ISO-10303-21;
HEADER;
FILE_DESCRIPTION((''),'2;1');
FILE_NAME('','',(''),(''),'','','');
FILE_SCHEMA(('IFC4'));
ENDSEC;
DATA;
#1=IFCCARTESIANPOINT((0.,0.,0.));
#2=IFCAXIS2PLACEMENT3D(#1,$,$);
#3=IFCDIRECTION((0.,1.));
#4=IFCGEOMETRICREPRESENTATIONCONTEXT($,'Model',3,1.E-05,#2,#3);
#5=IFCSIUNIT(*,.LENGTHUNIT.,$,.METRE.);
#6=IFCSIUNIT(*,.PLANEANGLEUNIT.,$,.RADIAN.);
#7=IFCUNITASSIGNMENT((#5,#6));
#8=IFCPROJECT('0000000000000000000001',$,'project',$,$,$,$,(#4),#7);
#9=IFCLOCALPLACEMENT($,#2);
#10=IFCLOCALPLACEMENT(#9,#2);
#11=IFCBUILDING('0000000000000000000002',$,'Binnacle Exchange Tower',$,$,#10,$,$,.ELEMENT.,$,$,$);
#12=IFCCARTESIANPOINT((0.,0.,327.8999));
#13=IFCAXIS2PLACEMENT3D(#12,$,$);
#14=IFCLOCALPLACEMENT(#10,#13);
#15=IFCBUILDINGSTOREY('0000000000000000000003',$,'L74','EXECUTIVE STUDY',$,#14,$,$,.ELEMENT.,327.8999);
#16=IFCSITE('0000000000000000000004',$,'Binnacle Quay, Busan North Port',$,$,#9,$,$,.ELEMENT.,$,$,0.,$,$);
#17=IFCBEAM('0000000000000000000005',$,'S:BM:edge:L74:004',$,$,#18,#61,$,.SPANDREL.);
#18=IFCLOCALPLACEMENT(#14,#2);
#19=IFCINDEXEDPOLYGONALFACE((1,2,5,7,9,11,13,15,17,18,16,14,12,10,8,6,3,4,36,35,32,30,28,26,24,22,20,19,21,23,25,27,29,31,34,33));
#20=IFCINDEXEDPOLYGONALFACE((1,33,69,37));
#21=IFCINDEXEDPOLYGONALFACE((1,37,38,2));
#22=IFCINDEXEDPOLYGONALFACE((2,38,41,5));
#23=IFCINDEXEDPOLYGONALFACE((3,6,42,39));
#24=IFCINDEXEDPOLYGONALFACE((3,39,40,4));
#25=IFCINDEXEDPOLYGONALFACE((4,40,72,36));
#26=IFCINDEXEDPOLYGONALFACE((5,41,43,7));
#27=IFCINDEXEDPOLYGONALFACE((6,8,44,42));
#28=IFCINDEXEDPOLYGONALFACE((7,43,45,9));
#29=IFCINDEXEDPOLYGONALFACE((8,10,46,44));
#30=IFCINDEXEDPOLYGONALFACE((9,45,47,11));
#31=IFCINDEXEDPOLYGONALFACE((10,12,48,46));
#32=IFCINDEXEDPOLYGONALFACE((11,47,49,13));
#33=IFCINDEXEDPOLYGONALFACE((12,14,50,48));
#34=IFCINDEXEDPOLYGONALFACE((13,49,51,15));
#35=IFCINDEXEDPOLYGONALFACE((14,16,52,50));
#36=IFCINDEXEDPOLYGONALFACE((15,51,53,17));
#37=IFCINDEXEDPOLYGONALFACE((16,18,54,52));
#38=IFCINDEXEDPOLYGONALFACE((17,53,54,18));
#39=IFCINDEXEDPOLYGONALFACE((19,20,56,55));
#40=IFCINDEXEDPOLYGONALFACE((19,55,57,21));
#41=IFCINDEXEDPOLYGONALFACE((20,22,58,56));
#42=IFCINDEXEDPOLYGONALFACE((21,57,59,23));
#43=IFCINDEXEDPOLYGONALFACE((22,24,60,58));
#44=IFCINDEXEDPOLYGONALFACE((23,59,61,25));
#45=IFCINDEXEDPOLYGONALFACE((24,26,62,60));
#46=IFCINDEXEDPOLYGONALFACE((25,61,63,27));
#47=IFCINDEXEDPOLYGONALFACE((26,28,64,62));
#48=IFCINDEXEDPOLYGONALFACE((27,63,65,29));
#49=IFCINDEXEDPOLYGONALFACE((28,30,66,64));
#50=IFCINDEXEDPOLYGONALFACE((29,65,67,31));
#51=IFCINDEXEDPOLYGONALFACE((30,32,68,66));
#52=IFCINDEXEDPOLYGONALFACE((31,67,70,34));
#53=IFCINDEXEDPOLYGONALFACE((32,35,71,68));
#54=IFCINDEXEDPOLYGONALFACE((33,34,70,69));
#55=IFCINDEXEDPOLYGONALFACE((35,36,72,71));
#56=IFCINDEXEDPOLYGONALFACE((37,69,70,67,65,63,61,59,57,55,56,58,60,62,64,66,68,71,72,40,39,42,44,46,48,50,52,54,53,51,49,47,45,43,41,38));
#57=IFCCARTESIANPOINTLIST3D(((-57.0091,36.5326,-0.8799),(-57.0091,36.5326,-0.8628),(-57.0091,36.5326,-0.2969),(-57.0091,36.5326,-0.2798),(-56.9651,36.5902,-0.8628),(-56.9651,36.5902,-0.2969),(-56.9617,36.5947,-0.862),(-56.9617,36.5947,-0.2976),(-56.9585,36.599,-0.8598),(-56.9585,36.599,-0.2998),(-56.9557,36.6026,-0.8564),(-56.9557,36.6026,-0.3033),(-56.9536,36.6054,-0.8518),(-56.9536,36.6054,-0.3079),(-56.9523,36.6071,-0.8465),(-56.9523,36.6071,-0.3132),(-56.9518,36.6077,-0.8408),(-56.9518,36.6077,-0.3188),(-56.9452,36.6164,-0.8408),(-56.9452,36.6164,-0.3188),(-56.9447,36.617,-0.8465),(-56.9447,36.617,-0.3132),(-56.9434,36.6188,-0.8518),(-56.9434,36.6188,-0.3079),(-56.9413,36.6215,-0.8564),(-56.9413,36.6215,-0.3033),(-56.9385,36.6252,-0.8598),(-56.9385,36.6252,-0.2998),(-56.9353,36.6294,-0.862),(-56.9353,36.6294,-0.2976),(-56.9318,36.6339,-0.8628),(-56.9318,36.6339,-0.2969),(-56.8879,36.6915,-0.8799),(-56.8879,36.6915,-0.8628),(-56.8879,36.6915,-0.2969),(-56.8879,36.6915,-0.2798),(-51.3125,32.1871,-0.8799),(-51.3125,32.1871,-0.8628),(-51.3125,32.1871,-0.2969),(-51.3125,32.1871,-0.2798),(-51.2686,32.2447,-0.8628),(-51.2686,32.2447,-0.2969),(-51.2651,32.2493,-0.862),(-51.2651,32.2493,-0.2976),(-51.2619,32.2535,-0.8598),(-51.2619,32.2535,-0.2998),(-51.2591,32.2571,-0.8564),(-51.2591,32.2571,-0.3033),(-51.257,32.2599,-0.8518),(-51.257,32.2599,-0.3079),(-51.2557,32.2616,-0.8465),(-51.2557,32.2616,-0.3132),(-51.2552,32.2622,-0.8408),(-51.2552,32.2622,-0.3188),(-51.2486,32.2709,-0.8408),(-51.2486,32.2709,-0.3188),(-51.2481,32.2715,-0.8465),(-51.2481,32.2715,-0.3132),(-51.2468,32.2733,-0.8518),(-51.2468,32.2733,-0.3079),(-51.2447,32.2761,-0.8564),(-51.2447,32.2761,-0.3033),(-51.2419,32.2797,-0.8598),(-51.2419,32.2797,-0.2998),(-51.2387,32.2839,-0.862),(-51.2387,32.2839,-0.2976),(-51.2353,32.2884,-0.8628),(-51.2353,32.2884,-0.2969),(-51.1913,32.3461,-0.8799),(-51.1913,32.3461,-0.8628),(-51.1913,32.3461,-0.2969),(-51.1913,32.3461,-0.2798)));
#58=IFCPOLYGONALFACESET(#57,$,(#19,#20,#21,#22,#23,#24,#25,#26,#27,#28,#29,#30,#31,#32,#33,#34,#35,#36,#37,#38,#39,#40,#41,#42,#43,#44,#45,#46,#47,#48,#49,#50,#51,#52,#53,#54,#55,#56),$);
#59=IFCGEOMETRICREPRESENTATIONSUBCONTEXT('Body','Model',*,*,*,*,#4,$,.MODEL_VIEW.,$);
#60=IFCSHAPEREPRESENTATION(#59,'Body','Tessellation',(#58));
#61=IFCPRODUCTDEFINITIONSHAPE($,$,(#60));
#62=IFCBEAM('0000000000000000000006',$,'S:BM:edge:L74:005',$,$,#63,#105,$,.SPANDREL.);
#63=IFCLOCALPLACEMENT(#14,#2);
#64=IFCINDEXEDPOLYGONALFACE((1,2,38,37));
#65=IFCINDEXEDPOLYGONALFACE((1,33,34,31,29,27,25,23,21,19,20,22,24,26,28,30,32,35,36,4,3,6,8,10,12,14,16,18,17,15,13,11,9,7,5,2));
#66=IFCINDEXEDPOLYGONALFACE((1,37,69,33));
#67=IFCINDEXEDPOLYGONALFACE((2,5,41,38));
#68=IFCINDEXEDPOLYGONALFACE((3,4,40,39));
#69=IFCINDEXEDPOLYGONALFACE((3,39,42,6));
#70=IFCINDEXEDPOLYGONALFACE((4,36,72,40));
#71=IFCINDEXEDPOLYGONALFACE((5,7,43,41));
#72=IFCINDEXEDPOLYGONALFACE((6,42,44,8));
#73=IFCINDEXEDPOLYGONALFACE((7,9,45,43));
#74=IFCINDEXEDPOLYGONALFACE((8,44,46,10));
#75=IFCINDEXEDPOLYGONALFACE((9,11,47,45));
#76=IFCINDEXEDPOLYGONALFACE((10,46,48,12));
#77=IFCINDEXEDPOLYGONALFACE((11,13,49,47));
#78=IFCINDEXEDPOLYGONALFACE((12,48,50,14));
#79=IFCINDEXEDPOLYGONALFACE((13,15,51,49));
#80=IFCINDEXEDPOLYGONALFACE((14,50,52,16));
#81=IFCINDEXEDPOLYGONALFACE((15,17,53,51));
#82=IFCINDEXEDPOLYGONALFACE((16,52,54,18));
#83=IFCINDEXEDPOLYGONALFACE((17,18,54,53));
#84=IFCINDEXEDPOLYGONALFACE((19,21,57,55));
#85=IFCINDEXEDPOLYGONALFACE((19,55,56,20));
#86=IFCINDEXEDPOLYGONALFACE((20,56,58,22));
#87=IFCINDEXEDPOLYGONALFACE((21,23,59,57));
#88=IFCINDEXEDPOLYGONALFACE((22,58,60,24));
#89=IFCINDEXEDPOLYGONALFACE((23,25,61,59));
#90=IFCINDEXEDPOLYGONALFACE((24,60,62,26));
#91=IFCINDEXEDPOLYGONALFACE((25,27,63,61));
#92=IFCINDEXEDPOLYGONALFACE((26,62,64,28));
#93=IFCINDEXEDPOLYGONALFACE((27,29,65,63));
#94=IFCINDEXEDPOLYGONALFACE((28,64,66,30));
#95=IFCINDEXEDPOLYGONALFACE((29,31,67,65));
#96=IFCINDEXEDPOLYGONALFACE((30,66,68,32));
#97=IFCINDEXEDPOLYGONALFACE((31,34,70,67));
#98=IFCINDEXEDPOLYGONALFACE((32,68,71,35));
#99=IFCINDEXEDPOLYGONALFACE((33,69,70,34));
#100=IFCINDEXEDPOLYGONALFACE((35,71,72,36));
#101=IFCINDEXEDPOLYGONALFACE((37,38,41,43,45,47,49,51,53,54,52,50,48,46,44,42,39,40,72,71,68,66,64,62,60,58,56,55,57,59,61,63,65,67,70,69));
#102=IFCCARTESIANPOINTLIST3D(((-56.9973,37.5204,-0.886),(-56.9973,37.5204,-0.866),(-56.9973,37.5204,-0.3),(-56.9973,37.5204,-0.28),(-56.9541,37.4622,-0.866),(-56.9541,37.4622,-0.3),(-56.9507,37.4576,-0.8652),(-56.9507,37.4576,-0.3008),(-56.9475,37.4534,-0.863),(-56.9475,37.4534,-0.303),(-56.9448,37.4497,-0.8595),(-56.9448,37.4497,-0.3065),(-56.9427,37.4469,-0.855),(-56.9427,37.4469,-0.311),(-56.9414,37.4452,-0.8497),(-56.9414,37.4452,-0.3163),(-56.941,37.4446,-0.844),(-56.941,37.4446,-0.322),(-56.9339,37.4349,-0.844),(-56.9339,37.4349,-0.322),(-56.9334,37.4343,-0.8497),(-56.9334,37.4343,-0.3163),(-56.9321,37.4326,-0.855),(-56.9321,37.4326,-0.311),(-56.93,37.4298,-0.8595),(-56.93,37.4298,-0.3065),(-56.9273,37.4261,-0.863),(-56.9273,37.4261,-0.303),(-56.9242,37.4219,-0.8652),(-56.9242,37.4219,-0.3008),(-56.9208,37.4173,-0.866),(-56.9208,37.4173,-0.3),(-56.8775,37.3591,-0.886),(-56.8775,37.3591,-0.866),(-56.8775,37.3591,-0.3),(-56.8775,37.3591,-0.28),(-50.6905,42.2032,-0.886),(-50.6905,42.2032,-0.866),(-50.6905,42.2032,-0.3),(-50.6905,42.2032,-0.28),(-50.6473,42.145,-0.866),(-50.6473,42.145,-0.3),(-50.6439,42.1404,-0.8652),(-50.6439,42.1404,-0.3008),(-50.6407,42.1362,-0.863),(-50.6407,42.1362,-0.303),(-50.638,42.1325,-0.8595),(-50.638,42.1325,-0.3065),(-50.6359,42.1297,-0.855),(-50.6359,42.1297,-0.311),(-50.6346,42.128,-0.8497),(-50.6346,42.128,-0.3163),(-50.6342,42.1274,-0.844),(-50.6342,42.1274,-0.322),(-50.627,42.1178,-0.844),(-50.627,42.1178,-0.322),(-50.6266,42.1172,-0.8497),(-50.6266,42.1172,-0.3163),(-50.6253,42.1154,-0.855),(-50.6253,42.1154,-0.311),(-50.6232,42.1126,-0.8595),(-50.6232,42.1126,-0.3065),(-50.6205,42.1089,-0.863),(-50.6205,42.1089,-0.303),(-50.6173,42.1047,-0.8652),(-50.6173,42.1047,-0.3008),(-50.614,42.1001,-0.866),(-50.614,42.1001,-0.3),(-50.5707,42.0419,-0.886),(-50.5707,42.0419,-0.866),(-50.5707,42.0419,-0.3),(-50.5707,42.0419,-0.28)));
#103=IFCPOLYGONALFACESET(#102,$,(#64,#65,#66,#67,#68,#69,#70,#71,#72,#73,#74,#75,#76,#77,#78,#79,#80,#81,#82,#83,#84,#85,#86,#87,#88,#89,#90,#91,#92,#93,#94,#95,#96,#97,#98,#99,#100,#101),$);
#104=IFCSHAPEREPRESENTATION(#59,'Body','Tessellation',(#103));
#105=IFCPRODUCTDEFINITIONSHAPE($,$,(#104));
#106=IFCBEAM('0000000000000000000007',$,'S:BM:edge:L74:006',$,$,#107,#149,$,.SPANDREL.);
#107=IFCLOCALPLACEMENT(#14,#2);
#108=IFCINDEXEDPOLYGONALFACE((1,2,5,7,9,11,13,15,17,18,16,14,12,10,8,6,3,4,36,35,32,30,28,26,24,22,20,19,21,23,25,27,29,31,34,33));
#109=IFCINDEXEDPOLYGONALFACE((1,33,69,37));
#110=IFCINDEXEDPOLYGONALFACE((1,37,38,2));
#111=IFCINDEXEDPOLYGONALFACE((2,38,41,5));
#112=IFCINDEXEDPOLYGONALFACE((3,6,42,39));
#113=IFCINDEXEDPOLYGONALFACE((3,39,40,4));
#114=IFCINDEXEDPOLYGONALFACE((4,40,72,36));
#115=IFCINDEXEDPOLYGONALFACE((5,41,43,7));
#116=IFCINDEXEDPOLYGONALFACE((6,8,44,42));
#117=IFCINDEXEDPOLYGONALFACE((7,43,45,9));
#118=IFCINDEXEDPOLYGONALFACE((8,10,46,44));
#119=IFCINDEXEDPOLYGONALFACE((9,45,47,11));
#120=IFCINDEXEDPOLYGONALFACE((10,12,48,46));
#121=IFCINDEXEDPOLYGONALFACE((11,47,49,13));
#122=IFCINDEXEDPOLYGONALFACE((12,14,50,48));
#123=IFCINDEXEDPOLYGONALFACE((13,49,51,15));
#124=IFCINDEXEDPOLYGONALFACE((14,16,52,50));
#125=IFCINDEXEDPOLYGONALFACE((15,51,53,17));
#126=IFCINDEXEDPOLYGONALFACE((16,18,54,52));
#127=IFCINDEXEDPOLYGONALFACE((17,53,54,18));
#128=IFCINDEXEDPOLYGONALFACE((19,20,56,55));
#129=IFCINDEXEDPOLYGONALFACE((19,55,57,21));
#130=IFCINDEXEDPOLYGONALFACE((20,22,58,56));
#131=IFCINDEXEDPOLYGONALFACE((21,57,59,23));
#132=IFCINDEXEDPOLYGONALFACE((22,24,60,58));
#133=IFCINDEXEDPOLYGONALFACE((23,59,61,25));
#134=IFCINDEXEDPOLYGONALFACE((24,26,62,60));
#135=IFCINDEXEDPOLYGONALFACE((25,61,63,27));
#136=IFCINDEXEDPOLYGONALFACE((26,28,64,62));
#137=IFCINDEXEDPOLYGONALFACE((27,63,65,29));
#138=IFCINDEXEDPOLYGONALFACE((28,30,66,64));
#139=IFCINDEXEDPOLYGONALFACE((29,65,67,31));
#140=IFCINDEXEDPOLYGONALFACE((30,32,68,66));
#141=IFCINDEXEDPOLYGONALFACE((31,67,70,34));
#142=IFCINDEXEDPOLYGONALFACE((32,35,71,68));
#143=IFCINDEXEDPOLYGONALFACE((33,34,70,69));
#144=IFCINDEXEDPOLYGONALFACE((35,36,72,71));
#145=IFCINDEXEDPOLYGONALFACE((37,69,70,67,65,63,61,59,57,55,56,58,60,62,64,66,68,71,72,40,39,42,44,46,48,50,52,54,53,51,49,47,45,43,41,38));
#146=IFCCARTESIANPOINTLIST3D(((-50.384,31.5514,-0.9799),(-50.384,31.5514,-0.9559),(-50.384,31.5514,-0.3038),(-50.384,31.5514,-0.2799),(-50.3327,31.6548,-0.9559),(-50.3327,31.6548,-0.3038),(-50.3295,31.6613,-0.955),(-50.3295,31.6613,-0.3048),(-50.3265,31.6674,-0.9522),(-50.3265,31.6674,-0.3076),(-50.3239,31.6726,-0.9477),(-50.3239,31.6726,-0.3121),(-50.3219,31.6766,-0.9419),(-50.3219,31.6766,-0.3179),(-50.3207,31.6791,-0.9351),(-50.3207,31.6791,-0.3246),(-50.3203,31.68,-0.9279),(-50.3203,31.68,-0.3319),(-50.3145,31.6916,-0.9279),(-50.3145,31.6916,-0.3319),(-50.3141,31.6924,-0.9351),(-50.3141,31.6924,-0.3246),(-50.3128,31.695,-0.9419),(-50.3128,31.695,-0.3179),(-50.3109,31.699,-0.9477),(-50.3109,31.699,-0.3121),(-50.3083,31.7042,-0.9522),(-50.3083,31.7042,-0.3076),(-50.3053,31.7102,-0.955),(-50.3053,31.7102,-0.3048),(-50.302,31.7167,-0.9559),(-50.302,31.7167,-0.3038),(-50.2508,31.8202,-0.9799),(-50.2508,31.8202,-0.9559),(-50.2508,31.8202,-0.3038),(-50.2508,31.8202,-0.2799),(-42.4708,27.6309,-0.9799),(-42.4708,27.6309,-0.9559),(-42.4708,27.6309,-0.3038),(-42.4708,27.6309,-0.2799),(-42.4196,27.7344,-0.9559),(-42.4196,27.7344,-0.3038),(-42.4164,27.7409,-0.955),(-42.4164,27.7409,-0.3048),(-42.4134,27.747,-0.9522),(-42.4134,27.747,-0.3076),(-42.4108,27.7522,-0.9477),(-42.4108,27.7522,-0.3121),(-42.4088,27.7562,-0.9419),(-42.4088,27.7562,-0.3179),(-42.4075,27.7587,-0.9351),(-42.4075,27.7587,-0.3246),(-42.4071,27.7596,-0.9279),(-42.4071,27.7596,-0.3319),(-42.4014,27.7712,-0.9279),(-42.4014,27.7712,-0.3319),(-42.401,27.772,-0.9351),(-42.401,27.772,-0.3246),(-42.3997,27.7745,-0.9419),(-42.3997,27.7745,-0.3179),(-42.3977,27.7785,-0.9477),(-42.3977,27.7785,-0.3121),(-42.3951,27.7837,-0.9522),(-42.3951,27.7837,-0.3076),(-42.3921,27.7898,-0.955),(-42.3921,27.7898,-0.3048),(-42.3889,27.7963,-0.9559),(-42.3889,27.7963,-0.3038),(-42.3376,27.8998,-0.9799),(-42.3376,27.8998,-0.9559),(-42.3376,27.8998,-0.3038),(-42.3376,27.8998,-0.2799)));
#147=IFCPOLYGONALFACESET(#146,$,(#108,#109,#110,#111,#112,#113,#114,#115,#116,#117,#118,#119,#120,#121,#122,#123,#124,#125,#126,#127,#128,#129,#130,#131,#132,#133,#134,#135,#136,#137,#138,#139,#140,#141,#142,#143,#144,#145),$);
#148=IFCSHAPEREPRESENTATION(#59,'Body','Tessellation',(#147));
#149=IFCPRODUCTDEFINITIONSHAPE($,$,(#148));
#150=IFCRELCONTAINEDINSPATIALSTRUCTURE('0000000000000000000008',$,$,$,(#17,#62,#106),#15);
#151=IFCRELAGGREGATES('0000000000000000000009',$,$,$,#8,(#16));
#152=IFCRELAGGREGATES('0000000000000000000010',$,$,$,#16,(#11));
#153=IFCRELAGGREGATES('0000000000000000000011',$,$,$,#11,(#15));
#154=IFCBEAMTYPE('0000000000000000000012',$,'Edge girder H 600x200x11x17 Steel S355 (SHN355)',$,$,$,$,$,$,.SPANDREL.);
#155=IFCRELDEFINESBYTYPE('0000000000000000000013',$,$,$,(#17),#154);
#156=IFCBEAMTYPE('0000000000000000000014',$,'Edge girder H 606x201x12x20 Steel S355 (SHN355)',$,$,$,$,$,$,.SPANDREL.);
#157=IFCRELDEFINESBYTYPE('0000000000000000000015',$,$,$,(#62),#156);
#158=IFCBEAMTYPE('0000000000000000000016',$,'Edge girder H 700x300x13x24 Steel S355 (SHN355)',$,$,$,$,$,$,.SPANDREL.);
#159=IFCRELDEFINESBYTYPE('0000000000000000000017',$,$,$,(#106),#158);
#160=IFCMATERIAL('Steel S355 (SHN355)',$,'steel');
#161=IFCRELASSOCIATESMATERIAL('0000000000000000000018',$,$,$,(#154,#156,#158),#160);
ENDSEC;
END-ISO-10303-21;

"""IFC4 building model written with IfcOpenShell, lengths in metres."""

from ifc_helpers import new_model, si_unit, direction, frame, origin, origin_2d, place, context, subcontext, project, spatial, i_section, extrude, material, material_profile, profile_set, type_object, element, save


model = new_model("IFC4")

# Units and contexts
model_context = context("Model", 3, precision=1e-05, world=origin(), true_north=direction((0.0, 1.0)))
body_context = subcontext(model_context, "Body", "Model", "MODEL_VIEW")
ifc_project = project(units=[si_unit("LENGTHUNIT", "METRE"), si_unit("PLANEANGLEUNIT", "RADIAN")], contexts=[model_context])

# Site, building, storey
site_placement = place(None, origin())
site = spatial("IfcSite", under=ifc_project, at=site_placement, Name="Binnacle Quay, Busan North Port", CompositionType="ELEMENT", RefElevation=0.0)
building_placement = place(site_placement, origin())
building = spatial("IfcBuilding", under=site, at=building_placement, Name="Binnacle Exchange Tower", CompositionType="ELEMENT")
storey_placement = place(building_placement, frame((0.0, 0.0, 327.8999)))
storey = spatial("IfcBuildingStorey", under=building, at=storey_placement, Name="L74", Description="EXECUTIVE STUDY", CompositionType="ELEMENT", Elevation=327.8999)

# Beams
ifc_material_1 = material(Name="Steel S355 (SHN355)", Category="steel")
ifc_material_profile_1 = material_profile(ifc_material_1, i_section(OverallWidth=0.2, OverallDepth=0.6001, WebThickness=0.011, FlangeThickness=0.0171, FilletRadius=0.022, at=origin_2d()), Name="H 600x200x11x17")
ifc_profile_set_1 = profile_set([ifc_material_profile_1], Name="Steel S355 (SHN355)")
beam_type_1 = type_object("IfcBeamType", Name="Edge girder H 600x200x11x17 Steel S355 (SHN355)", PredefinedType="SPANDREL", material=ifc_profile_set_1)
beam_1_placement = place(storey_placement, frame((-56.9485, 36.6121, -0.5798), z_axis=(0.795079, -0.606506, 0.0), x_axis=(0.606506, 0.795079, 0.0)))
element("IfcBeam", 1, at=beam_1_placement, inside=storey, type_object=beam_type_1, Name="S:BM:edge:L74:004", PredefinedType="SPANDREL", context=body_context, shape_type="SweptSolid", body=[
    extrude(i_section(OverallWidth=0.2, OverallDepth=0.6001, WebThickness=0.011, FlangeThickness=0.0171, FilletRadius=0.022, at=origin_2d()), origin(), (0.0, 0.0, 1.0), 7.1648),
])
ifc_material_profile_2 = material_profile(ifc_material_1, i_section(OverallWidth=0.2009, OverallDepth=0.606, WebThickness=0.012, FlangeThickness=0.02, FilletRadius=0.022, at=origin_2d()), Name="H 606x201x12x20")
ifc_profile_set_2 = profile_set([ifc_material_profile_2], Name="Steel S355 (SHN355)")
beam_type_2 = type_object("IfcBeamType", Name="Edge girder H 606x201x12x20 Steel S355 (SHN355)", PredefinedType="SPANDREL", material=ifc_profile_set_2)
beam_2_placement = place(storey_placement, frame((-50.6306, 42.1226, -0.583), z_axis=(-0.802881, -0.596139, 0.0), x_axis=(0.596139, -0.802881, 0.0)))
element("IfcBeam", 2, at=beam_2_placement, inside=storey, type_object=beam_type_2, Name="S:BM:edge:L74:005", PredefinedType="SPANDREL", context=body_context, shape_type="SweptSolid", body=[
    extrude(i_section(OverallWidth=0.2009, OverallDepth=0.606, WebThickness=0.012, FlangeThickness=0.02, FilletRadius=0.022, at=origin_2d()), origin(), (0.0, 0.0, 1.0), 7.8552),
])
ifc_material_profile_3 = material_profile(ifc_material_1, i_section(OverallWidth=0.3, OverallDepth=0.7, WebThickness=0.0129, FlangeThickness=0.0239, FilletRadius=0.0281, at=origin_2d()), Name="H 700x300x13x24")
ifc_profile_set_3 = profile_set([ifc_material_profile_3], Name="Steel S355 (SHN355)")
beam_type_3 = type_object("IfcBeamType", Name="Edge girder H 700x300x13x24 Steel S355 (SHN355)", PredefinedType="SPANDREL", material=ifc_profile_set_3)
beam_3_placement = place(storey_placement, frame((-50.3174, 31.6858, -0.6299), z_axis=(0.896058, -0.443937, 0.0), x_axis=(0.443937, 0.896058, 0.0)))
element("IfcBeam", 3, at=beam_3_placement, inside=storey, type_object=beam_type_3, Name="S:BM:edge:L74:006", PredefinedType="SPANDREL", context=body_context, shape_type="SweptSolid", body=[
    extrude(i_section(OverallWidth=0.3, OverallDepth=0.7, WebThickness=0.0129, FlangeThickness=0.0239, FilletRadius=0.0281, at=origin_2d()), origin(), (0.0, 0.0, 1.0), 8.8311),
])

save(model, "model.ifc")
